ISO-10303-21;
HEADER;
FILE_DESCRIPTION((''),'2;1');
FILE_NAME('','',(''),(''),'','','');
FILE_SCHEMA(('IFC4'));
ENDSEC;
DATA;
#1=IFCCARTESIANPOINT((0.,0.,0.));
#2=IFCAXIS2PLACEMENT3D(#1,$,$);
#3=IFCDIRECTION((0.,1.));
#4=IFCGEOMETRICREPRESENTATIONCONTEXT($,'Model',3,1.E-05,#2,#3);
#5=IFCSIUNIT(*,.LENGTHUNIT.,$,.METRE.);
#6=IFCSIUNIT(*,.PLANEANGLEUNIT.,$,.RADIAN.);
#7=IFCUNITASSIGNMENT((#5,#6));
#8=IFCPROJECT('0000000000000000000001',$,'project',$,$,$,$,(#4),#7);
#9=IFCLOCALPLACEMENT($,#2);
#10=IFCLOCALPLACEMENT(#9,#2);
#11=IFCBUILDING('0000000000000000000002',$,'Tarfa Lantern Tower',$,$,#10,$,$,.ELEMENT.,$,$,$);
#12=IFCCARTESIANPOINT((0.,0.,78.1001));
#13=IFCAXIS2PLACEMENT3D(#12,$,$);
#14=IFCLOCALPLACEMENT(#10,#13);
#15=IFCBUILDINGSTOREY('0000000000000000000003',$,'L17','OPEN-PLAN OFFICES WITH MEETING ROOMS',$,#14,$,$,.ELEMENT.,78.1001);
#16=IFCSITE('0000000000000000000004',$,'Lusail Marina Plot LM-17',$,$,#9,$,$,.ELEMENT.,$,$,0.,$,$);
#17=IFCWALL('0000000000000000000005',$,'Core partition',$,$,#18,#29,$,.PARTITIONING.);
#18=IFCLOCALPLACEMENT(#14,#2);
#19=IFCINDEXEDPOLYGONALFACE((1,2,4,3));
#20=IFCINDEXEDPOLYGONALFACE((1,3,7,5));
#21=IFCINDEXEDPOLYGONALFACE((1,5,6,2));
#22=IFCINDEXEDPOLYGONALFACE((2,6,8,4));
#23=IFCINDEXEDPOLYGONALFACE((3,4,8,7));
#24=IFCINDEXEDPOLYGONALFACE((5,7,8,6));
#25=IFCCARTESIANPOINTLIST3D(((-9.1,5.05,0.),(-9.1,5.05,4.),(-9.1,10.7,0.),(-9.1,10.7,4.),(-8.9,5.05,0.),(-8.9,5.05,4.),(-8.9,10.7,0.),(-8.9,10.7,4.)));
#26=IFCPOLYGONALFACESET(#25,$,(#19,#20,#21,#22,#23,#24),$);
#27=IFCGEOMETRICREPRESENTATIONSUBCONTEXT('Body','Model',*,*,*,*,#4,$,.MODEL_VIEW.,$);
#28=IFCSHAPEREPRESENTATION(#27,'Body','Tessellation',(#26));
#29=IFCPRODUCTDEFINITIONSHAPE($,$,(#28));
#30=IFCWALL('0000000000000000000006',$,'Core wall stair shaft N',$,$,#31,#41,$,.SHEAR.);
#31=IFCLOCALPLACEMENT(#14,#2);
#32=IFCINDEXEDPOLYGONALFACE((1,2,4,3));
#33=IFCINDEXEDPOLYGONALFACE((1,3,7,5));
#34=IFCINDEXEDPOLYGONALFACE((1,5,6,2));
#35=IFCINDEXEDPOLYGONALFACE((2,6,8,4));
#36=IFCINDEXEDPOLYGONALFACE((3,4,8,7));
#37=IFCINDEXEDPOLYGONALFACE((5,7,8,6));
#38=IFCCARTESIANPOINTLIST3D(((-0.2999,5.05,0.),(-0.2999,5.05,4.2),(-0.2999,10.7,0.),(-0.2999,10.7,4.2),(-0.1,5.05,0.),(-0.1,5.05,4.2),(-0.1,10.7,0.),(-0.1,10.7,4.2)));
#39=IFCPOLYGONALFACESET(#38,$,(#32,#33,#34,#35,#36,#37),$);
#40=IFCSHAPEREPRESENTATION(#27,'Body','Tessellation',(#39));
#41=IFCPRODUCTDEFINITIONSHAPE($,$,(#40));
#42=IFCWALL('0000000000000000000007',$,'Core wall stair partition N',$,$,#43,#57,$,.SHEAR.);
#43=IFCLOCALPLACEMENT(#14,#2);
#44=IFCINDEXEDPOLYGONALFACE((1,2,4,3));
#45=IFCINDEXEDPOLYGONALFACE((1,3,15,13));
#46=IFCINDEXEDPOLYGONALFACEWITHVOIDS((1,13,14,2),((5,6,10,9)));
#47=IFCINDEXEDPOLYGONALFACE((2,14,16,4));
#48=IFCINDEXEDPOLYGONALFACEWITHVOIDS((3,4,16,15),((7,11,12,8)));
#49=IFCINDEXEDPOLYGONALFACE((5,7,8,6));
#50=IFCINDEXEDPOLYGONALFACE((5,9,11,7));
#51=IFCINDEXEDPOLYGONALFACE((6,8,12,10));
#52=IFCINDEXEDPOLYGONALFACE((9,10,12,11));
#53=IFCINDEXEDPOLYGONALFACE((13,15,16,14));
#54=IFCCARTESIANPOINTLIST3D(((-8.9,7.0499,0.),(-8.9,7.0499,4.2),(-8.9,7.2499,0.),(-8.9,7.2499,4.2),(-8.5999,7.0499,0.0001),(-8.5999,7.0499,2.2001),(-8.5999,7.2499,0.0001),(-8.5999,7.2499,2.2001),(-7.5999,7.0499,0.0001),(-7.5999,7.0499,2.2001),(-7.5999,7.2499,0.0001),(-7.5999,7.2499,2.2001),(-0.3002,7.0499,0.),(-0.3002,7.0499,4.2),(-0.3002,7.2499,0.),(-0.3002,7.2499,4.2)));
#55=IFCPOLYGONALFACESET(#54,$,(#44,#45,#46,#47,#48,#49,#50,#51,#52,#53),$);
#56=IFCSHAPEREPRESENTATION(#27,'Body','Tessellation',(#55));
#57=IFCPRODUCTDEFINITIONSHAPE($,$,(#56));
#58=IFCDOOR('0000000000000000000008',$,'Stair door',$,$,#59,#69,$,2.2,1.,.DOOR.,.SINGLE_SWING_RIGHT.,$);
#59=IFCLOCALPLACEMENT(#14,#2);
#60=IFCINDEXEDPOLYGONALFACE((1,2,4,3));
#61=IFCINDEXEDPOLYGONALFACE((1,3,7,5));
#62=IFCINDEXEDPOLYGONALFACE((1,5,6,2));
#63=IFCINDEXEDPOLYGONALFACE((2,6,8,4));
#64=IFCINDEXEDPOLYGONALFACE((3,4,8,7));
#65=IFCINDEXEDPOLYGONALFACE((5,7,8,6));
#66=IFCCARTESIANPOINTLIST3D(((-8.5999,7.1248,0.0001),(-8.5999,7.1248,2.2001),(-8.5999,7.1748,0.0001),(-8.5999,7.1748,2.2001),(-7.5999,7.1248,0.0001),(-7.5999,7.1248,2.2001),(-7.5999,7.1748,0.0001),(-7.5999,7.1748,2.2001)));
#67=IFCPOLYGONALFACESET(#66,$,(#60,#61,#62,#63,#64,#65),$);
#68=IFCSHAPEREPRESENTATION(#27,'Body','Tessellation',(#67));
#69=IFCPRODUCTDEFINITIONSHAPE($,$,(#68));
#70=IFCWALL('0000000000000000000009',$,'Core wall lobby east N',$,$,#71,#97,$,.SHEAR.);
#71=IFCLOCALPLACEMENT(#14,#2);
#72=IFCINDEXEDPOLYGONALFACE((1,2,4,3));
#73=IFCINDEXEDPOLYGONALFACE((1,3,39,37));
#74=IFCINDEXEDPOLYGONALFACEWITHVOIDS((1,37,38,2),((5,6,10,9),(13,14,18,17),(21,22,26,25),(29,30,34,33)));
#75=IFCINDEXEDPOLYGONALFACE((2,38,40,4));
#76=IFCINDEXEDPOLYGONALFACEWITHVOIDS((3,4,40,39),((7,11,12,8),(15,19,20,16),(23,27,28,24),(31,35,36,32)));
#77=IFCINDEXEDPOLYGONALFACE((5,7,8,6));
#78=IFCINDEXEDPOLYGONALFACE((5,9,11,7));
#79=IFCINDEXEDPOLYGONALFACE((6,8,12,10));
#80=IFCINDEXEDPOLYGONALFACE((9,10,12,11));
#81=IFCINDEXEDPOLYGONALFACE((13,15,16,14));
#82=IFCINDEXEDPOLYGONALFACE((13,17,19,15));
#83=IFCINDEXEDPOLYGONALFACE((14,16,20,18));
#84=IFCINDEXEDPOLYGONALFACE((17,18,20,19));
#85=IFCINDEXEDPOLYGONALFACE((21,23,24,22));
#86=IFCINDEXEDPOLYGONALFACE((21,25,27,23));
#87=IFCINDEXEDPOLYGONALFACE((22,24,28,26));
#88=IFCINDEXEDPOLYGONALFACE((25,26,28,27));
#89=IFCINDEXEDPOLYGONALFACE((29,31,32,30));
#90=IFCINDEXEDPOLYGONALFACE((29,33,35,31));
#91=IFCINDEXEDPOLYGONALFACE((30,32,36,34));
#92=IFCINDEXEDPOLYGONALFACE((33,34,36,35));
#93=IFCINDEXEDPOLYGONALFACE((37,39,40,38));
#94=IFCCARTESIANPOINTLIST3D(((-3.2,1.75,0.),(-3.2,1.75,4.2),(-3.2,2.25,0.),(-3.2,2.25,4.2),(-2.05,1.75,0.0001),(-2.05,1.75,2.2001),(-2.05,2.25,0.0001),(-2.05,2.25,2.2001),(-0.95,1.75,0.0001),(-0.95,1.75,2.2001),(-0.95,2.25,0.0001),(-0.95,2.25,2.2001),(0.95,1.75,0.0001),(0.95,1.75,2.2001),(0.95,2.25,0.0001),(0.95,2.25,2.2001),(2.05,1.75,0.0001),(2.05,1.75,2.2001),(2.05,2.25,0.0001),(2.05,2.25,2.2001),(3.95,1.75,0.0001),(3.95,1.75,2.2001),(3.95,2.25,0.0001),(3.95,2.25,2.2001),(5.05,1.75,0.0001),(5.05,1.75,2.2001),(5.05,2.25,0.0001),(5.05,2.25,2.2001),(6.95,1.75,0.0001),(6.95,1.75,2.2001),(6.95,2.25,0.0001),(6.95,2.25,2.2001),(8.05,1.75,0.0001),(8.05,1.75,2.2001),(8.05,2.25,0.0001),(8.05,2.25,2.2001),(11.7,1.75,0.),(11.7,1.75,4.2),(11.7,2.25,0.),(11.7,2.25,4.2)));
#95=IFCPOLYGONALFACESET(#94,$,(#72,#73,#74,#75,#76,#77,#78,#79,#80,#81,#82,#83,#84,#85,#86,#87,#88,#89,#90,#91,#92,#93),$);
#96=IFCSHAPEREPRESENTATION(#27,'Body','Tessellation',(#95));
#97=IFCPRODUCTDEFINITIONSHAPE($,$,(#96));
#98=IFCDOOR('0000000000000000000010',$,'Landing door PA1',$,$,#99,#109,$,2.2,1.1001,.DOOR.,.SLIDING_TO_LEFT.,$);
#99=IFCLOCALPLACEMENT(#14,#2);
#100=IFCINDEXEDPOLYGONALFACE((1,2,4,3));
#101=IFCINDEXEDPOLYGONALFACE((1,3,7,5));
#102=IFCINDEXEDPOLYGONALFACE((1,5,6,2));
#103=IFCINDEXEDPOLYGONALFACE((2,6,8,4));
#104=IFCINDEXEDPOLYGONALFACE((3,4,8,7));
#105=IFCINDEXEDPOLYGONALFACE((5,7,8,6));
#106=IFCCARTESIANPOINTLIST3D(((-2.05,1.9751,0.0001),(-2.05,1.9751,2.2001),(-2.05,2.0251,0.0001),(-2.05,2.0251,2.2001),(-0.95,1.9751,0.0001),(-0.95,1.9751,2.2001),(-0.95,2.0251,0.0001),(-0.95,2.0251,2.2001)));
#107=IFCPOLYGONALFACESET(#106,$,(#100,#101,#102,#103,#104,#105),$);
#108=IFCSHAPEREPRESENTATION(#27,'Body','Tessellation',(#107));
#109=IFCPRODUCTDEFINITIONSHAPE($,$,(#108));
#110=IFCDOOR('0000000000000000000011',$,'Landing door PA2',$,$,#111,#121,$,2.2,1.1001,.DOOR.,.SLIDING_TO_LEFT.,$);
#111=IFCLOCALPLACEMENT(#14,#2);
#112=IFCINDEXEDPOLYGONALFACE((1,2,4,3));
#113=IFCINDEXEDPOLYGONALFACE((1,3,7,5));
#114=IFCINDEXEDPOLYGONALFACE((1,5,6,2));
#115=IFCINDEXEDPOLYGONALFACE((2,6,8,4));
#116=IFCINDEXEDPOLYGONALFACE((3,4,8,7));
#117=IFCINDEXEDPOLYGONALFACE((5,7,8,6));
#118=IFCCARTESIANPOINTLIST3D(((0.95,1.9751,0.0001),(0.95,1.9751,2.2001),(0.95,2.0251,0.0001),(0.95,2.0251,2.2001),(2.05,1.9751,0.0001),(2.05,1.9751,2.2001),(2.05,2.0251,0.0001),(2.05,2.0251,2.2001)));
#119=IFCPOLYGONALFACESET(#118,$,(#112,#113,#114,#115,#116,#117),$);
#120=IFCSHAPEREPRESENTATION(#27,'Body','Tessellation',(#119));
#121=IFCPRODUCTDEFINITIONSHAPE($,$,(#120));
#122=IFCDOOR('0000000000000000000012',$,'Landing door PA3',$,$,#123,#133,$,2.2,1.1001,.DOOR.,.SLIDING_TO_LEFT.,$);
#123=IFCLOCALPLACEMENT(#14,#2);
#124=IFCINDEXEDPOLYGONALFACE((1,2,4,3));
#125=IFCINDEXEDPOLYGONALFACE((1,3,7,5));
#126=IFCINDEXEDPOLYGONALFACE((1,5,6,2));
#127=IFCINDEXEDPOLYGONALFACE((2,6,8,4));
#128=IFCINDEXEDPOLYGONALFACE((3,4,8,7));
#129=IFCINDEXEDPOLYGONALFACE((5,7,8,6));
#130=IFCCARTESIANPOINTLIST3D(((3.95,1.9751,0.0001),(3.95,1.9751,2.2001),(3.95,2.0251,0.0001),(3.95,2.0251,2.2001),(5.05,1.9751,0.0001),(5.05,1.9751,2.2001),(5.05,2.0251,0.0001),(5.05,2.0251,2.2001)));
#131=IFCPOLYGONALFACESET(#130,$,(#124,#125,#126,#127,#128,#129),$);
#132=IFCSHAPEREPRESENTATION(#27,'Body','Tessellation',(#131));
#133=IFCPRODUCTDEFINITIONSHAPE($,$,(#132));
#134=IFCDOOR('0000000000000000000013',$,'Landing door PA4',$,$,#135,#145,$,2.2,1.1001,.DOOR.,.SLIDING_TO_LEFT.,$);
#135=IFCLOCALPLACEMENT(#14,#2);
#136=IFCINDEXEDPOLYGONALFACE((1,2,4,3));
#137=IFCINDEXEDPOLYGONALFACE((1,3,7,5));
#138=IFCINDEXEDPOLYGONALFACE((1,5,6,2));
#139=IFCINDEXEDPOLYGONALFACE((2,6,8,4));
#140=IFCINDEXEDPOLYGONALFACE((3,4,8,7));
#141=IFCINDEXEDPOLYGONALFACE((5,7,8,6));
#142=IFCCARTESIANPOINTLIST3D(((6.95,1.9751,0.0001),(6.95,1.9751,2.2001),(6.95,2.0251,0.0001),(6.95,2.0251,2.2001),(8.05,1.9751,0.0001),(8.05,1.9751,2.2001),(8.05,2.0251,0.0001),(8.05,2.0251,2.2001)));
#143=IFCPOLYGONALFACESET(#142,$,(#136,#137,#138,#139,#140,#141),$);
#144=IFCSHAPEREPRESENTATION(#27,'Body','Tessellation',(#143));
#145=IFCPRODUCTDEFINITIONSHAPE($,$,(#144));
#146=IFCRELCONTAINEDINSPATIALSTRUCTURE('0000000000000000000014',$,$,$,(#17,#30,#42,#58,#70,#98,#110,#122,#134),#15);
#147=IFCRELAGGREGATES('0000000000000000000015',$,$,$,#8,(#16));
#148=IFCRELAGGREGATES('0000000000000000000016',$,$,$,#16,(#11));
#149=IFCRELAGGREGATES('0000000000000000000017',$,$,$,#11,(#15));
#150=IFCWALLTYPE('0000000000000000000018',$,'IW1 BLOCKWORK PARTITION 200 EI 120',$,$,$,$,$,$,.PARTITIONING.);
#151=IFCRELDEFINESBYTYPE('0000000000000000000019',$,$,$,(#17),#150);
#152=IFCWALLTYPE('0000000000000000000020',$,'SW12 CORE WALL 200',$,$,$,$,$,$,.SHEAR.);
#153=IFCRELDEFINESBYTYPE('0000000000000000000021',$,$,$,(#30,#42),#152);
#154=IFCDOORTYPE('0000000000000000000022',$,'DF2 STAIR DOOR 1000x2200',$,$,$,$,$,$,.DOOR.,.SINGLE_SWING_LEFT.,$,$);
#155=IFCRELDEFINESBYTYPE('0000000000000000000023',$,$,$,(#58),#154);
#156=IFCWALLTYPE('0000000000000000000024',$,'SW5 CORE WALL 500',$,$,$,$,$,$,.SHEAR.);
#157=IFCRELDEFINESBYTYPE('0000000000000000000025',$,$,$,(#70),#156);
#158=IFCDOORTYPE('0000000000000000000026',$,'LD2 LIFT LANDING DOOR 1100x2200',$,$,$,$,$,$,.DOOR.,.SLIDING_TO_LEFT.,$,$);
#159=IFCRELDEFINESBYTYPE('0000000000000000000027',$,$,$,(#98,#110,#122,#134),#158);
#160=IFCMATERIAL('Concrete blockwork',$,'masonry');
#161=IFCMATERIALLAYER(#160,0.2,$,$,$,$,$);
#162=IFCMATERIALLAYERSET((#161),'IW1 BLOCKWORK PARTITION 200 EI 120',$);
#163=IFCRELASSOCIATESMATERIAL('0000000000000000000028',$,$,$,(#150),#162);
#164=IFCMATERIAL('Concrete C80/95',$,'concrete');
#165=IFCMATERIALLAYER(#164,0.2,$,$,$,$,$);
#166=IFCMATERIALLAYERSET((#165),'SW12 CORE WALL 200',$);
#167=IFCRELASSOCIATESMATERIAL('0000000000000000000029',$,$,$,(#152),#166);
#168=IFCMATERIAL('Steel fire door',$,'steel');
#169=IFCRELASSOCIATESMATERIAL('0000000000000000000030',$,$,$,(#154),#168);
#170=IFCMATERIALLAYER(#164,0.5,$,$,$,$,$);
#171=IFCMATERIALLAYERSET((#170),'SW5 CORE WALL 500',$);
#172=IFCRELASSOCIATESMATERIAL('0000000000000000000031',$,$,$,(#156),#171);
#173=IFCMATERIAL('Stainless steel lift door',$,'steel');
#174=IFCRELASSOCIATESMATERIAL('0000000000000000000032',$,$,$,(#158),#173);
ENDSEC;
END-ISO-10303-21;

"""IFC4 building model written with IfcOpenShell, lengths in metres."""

from ifc_helpers import new_model, si_unit, direction, frame, frame_2d, origin, place, context, subcontext, project, spatial, rectangle, extrude, material, layer, layer_set, type_object, element, fill, save


model = new_model("IFC4")

# Units and contexts
model_context = context("Model", 3, precision=1e-05, world=origin(), true_north=direction((0.0, 1.0)))
body_context = subcontext(model_context, "Body", "Model", "MODEL_VIEW")
ifc_project = project(units=[si_unit("LENGTHUNIT", "METRE"), si_unit("PLANEANGLEUNIT", "RADIAN")], contexts=[model_context])

# Site, building, storey
site_placement = place(None, origin())
site = spatial("IfcSite", under=ifc_project, at=site_placement, Name="Lusail Marina Plot LM-17", CompositionType="ELEMENT", RefElevation=0.0)
building_placement = place(site_placement, origin())
building = spatial("IfcBuilding", under=site, at=building_placement, Name="Tarfa Lantern Tower", CompositionType="ELEMENT")
storey_placement = place(building_placement, frame((0.0, 0.0, 78.1001)))
storey = spatial("IfcBuildingStorey", under=building, at=storey_placement, Name="L17", Description="OPEN-PLAN OFFICES WITH MEETING ROOMS", CompositionType="ELEMENT", Elevation=78.1001)

# Walls
ifc_material_1 = material(Name="Concrete blockwork", Category="masonry")
ifc_layer_1 = layer(ifc_material_1, 0.2)
ifc_layer_set_1 = layer_set([ifc_layer_1], Name="IW1 BLOCKWORK PARTITION 200 EI 120")
wall_type_1 = type_object("IfcWallType", Name="IW1 BLOCKWORK PARTITION 200 EI 120", PredefinedType="PARTITIONING", material=ifc_layer_set_1)
wall_1_placement = place(storey_placement, frame((-9.0, 5.05, 0.0), z_axis=(0.0, 0.0, 1.0), x_axis=(0.0, 1.0, 0.0)))
element("IfcWall", 1, at=wall_1_placement, inside=storey, type_object=wall_type_1, Name="Core partition", PredefinedType="PARTITIONING", context=body_context, shape_type="SweptSolid", body=[
    extrude(rectangle(XDim=5.6499, YDim=0.2, at=frame_2d((2.825, 0.0))), origin(), (0.0, 0.0, 1.0), 4.0),
])
ifc_material_2 = material(Name="Concrete C80/95", Category="concrete")
ifc_layer_2 = layer(ifc_material_2, 0.2)
ifc_layer_set_2 = layer_set([ifc_layer_2], Name="SW12 CORE WALL 200")
wall_type_2 = type_object("IfcWallType", Name="SW12 CORE WALL 200", PredefinedType="SHEAR", material=ifc_layer_set_2)
wall_2_placement = place(storey_placement, frame((-0.2, 5.05, 0.0), z_axis=(0.0, 0.0, 1.0), x_axis=(0.0, 1.0, 0.0)))
element("IfcWall", 2, at=wall_2_placement, inside=storey, type_object=wall_type_2, Name="Core wall stair shaft N", PredefinedType="SHEAR", context=body_context, shape_type="SweptSolid", body=[
    extrude(rectangle(XDim=5.6499, YDim=0.2, at=frame_2d((2.825, 0.0))), origin(), (0.0, 0.0, 1.0), 4.2),
])

# Wall, opening, door
wall_3_placement = place(storey_placement, frame((-8.8999, 7.1499, 0.0), z_axis=(0.0, 0.0, 1.0), x_axis=(1.0, 0.0, 0.0)))
wall_3 = element("IfcWall", 3, at=wall_3_placement, inside=storey, type_object=wall_type_2, Name="Core wall stair partition N", PredefinedType="SHEAR", context=body_context, shape_type="SweptSolid", body=[
    extrude(rectangle(XDim=8.5999, YDim=0.2, at=frame_2d((4.2998, 0.0))), origin(), (0.0, 0.0, 1.0), 4.2),
])
opening_1_placement = place(wall_3_placement, frame((0.3, 0.0, 0.0)))
opening_1 = element("IfcOpeningElement", 4, at=opening_1_placement, cuts=wall_3, PredefinedType="OPENING", context=body_context, shape_type="SweptSolid", body=[
    extrude(rectangle(XDim=1.0, YDim=2.2, at=frame_2d((0.5, 1.1001))), frame((0.0, 0.1099, 0.0), z_axis=(0.0, -1.0, 0.0), x_axis=(1.0, 0.0, 0.0)), (0.0, 0.0, 1.0), 0.22),
])
ifc_material_3 = material(Name="Steel fire door", Category="steel")
door_type_1 = type_object("IfcDoorType", Name="DF2 STAIR DOOR 1000x2200", OperationType="SINGLE_SWING_LEFT", PredefinedType="DOOR", material=ifc_material_3)
door_1_placement = place(opening_1_placement, origin())
door_1 = element("IfcDoor", 5, at=door_1_placement, inside=storey, type_object=door_type_1, Name="Stair door", OperationType="SINGLE_SWING_RIGHT", OverallHeight=2.2, OverallWidth=1.0, PredefinedType="DOOR", context=body_context, shape_type="SweptSolid", body=[
    extrude(rectangle(XDim=1.0, YDim=2.2, at=frame_2d((0.5, 1.1001))), frame((0.0, 0.0249, 0.0), z_axis=(0.0, -1.0, 0.0), x_axis=(1.0, 0.0, 0.0)), (0.0, 0.0, 1.0), 0.05),
])
fill(opening_1, door_1)

# Wall, openings, doors
ifc_layer_3 = layer(ifc_material_2, 0.5)
ifc_layer_set_3 = layer_set([ifc_layer_3], Name="SW5 CORE WALL 500")
wall_type_3 = type_object("IfcWallType", Name="SW5 CORE WALL 500", PredefinedType="SHEAR", material=ifc_layer_set_3)
wall_4_placement = place(storey_placement, frame((-3.2, 2.0, 0.0), z_axis=(0.0, 0.0, 1.0), x_axis=(1.0, 0.0, 0.0)))
wall_4 = element("IfcWall", 6, at=wall_4_placement, inside=storey, type_object=wall_type_3, Name="Core wall lobby east N", PredefinedType="SHEAR", context=body_context, shape_type="SweptSolid", body=[
    extrude(rectangle(XDim=14.8999, YDim=0.5, at=frame_2d((7.45, 0.0))), origin(), (0.0, 0.0, 1.0), 4.2),
])
opening_2_placement = place(wall_4_placement, frame((1.1499, 0.0, 0.0)))
opening_2 = element("IfcOpeningElement", 7, at=opening_2_placement, cuts=wall_4, PredefinedType="OPENING", context=body_context, shape_type="SweptSolid", body=[
    extrude(rectangle(XDim=1.1001, YDim=2.2, at=frame_2d((0.55, 1.1001))), frame((0.0, 0.26, 0.0), z_axis=(0.0, -1.0, 0.0), x_axis=(1.0, 0.0, 0.0)), (0.0, 0.0, 1.0), 0.52),
])
opening_3_placement = place(wall_4_placement, frame((4.1499, 0.0, 0.0)))
opening_3 = element("IfcOpeningElement", 8, at=opening_3_placement, cuts=wall_4, PredefinedType="OPENING", context=body_context, shape_type="SweptSolid", body=[
    extrude(rectangle(XDim=1.1001, YDim=2.2, at=frame_2d((0.55, 1.1001))), frame((0.0, 0.26, 0.0), z_axis=(0.0, -1.0, 0.0), x_axis=(1.0, 0.0, 0.0)), (0.0, 0.0, 1.0), 0.52),
])
opening_4_placement = place(wall_4_placement, frame((7.1499, 0.0, 0.0)))
opening_4 = element("IfcOpeningElement", 9, at=opening_4_placement, cuts=wall_4, PredefinedType="OPENING", context=body_context, shape_type="SweptSolid", body=[
    extrude(rectangle(XDim=1.1001, YDim=2.2, at=frame_2d((0.55, 1.1001))), frame((0.0, 0.26, 0.0), z_axis=(0.0, -1.0, 0.0), x_axis=(1.0, 0.0, 0.0)), (0.0, 0.0, 1.0), 0.52),
])
opening_5_placement = place(wall_4_placement, frame((10.1499, 0.0, 0.0)))
opening_5 = element("IfcOpeningElement", 10, at=opening_5_placement, cuts=wall_4, PredefinedType="OPENING", context=body_context, shape_type="SweptSolid", body=[
    extrude(rectangle(XDim=1.1001, YDim=2.2, at=frame_2d((0.55, 1.1001))), frame((0.0, 0.26, 0.0), z_axis=(0.0, -1.0, 0.0), x_axis=(1.0, 0.0, 0.0)), (0.0, 0.0, 1.0), 0.52),
])
ifc_material_4 = material(Name="Stainless steel lift door", Category="steel")
door_type_2 = type_object("IfcDoorType", Name="LD2 LIFT LANDING DOOR 1100x2200", OperationType="SLIDING_TO_LEFT", PredefinedType="DOOR", material=ifc_material_4)
door_2_placement = place(opening_2_placement, frame((1.1001, 0.0, 0.0), z_axis=(0.0, 0.0, 1.0), x_axis=(-1.0, 0.0, 0.0)))
door_2 = element("IfcDoor", 11, at=door_2_placement, inside=storey, type_object=door_type_2, Name="Landing door PA1", OperationType="SLIDING_TO_LEFT", OverallHeight=2.2, OverallWidth=1.1001, PredefinedType="DOOR", context=body_context, shape_type="SweptSolid", body=[
    extrude(rectangle(XDim=1.1001, YDim=2.2, at=frame_2d((0.55, 1.1001))), frame((0.0, 0.0249, 0.0), z_axis=(0.0, -1.0, 0.0), x_axis=(1.0, 0.0, 0.0)), (0.0, 0.0, 1.0), 0.05),
])
fill(opening_2, door_2)
door_3_placement = place(opening_3_placement, frame((1.1001, 0.0, 0.0), z_axis=(0.0, 0.0, 1.0), x_axis=(-1.0, 0.0, 0.0)))
door_3 = element("IfcDoor", 12, at=door_3_placement, inside=storey, type_object=door_type_2, Name="Landing door PA2", OperationType="SLIDING_TO_LEFT", OverallHeight=2.2, OverallWidth=1.1001, PredefinedType="DOOR", context=body_context, shape_type="SweptSolid", body=[
    extrude(rectangle(XDim=1.1001, YDim=2.2, at=frame_2d((0.55, 1.1001))), frame((0.0, 0.0249, 0.0), z_axis=(0.0, -1.0, 0.0), x_axis=(1.0, 0.0, 0.0)), (0.0, 0.0, 1.0), 0.05),
])
fill(opening_3, door_3)
door_4_placement = place(opening_4_placement, frame((1.1001, 0.0, 0.0), z_axis=(0.0, 0.0, 1.0), x_axis=(-1.0, 0.0, 0.0)))
door_4 = element("IfcDoor", 13, at=door_4_placement, inside=storey, type_object=door_type_2, Name="Landing door PA3", OperationType="SLIDING_TO_LEFT", OverallHeight=2.2, OverallWidth=1.1001, PredefinedType="DOOR", context=body_context, shape_type="SweptSolid", body=[
    extrude(rectangle(XDim=1.1001, YDim=2.2, at=frame_2d((0.55, 1.1001))), frame((0.0, 0.0249, 0.0), z_axis=(0.0, -1.0, 0.0), x_axis=(1.0, 0.0, 0.0)), (0.0, 0.0, 1.0), 0.05),
])
fill(opening_4, door_4)
door_5_placement = place(opening_5_placement, frame((1.1001, 0.0, 0.0), z_axis=(0.0, 0.0, 1.0), x_axis=(-1.0, 0.0, 0.0)))
door_5 = element("IfcDoor", 14, at=door_5_placement, inside=storey, type_object=door_type_2, Name="Landing door PA4", OperationType="SLIDING_TO_LEFT", OverallHeight=2.2, OverallWidth=1.1001, PredefinedType="DOOR", context=body_context, shape_type="SweptSolid", body=[
    extrude(rectangle(XDim=1.1001, YDim=2.2, at=frame_2d((0.55, 1.1001))), frame((0.0, 0.0249, 0.0), z_axis=(0.0, -1.0, 0.0), x_axis=(1.0, 0.0, 0.0)), (0.0, 0.0, 1.0), 0.05),
])
fill(opening_5, door_5)

save(model, "model.ifc")
